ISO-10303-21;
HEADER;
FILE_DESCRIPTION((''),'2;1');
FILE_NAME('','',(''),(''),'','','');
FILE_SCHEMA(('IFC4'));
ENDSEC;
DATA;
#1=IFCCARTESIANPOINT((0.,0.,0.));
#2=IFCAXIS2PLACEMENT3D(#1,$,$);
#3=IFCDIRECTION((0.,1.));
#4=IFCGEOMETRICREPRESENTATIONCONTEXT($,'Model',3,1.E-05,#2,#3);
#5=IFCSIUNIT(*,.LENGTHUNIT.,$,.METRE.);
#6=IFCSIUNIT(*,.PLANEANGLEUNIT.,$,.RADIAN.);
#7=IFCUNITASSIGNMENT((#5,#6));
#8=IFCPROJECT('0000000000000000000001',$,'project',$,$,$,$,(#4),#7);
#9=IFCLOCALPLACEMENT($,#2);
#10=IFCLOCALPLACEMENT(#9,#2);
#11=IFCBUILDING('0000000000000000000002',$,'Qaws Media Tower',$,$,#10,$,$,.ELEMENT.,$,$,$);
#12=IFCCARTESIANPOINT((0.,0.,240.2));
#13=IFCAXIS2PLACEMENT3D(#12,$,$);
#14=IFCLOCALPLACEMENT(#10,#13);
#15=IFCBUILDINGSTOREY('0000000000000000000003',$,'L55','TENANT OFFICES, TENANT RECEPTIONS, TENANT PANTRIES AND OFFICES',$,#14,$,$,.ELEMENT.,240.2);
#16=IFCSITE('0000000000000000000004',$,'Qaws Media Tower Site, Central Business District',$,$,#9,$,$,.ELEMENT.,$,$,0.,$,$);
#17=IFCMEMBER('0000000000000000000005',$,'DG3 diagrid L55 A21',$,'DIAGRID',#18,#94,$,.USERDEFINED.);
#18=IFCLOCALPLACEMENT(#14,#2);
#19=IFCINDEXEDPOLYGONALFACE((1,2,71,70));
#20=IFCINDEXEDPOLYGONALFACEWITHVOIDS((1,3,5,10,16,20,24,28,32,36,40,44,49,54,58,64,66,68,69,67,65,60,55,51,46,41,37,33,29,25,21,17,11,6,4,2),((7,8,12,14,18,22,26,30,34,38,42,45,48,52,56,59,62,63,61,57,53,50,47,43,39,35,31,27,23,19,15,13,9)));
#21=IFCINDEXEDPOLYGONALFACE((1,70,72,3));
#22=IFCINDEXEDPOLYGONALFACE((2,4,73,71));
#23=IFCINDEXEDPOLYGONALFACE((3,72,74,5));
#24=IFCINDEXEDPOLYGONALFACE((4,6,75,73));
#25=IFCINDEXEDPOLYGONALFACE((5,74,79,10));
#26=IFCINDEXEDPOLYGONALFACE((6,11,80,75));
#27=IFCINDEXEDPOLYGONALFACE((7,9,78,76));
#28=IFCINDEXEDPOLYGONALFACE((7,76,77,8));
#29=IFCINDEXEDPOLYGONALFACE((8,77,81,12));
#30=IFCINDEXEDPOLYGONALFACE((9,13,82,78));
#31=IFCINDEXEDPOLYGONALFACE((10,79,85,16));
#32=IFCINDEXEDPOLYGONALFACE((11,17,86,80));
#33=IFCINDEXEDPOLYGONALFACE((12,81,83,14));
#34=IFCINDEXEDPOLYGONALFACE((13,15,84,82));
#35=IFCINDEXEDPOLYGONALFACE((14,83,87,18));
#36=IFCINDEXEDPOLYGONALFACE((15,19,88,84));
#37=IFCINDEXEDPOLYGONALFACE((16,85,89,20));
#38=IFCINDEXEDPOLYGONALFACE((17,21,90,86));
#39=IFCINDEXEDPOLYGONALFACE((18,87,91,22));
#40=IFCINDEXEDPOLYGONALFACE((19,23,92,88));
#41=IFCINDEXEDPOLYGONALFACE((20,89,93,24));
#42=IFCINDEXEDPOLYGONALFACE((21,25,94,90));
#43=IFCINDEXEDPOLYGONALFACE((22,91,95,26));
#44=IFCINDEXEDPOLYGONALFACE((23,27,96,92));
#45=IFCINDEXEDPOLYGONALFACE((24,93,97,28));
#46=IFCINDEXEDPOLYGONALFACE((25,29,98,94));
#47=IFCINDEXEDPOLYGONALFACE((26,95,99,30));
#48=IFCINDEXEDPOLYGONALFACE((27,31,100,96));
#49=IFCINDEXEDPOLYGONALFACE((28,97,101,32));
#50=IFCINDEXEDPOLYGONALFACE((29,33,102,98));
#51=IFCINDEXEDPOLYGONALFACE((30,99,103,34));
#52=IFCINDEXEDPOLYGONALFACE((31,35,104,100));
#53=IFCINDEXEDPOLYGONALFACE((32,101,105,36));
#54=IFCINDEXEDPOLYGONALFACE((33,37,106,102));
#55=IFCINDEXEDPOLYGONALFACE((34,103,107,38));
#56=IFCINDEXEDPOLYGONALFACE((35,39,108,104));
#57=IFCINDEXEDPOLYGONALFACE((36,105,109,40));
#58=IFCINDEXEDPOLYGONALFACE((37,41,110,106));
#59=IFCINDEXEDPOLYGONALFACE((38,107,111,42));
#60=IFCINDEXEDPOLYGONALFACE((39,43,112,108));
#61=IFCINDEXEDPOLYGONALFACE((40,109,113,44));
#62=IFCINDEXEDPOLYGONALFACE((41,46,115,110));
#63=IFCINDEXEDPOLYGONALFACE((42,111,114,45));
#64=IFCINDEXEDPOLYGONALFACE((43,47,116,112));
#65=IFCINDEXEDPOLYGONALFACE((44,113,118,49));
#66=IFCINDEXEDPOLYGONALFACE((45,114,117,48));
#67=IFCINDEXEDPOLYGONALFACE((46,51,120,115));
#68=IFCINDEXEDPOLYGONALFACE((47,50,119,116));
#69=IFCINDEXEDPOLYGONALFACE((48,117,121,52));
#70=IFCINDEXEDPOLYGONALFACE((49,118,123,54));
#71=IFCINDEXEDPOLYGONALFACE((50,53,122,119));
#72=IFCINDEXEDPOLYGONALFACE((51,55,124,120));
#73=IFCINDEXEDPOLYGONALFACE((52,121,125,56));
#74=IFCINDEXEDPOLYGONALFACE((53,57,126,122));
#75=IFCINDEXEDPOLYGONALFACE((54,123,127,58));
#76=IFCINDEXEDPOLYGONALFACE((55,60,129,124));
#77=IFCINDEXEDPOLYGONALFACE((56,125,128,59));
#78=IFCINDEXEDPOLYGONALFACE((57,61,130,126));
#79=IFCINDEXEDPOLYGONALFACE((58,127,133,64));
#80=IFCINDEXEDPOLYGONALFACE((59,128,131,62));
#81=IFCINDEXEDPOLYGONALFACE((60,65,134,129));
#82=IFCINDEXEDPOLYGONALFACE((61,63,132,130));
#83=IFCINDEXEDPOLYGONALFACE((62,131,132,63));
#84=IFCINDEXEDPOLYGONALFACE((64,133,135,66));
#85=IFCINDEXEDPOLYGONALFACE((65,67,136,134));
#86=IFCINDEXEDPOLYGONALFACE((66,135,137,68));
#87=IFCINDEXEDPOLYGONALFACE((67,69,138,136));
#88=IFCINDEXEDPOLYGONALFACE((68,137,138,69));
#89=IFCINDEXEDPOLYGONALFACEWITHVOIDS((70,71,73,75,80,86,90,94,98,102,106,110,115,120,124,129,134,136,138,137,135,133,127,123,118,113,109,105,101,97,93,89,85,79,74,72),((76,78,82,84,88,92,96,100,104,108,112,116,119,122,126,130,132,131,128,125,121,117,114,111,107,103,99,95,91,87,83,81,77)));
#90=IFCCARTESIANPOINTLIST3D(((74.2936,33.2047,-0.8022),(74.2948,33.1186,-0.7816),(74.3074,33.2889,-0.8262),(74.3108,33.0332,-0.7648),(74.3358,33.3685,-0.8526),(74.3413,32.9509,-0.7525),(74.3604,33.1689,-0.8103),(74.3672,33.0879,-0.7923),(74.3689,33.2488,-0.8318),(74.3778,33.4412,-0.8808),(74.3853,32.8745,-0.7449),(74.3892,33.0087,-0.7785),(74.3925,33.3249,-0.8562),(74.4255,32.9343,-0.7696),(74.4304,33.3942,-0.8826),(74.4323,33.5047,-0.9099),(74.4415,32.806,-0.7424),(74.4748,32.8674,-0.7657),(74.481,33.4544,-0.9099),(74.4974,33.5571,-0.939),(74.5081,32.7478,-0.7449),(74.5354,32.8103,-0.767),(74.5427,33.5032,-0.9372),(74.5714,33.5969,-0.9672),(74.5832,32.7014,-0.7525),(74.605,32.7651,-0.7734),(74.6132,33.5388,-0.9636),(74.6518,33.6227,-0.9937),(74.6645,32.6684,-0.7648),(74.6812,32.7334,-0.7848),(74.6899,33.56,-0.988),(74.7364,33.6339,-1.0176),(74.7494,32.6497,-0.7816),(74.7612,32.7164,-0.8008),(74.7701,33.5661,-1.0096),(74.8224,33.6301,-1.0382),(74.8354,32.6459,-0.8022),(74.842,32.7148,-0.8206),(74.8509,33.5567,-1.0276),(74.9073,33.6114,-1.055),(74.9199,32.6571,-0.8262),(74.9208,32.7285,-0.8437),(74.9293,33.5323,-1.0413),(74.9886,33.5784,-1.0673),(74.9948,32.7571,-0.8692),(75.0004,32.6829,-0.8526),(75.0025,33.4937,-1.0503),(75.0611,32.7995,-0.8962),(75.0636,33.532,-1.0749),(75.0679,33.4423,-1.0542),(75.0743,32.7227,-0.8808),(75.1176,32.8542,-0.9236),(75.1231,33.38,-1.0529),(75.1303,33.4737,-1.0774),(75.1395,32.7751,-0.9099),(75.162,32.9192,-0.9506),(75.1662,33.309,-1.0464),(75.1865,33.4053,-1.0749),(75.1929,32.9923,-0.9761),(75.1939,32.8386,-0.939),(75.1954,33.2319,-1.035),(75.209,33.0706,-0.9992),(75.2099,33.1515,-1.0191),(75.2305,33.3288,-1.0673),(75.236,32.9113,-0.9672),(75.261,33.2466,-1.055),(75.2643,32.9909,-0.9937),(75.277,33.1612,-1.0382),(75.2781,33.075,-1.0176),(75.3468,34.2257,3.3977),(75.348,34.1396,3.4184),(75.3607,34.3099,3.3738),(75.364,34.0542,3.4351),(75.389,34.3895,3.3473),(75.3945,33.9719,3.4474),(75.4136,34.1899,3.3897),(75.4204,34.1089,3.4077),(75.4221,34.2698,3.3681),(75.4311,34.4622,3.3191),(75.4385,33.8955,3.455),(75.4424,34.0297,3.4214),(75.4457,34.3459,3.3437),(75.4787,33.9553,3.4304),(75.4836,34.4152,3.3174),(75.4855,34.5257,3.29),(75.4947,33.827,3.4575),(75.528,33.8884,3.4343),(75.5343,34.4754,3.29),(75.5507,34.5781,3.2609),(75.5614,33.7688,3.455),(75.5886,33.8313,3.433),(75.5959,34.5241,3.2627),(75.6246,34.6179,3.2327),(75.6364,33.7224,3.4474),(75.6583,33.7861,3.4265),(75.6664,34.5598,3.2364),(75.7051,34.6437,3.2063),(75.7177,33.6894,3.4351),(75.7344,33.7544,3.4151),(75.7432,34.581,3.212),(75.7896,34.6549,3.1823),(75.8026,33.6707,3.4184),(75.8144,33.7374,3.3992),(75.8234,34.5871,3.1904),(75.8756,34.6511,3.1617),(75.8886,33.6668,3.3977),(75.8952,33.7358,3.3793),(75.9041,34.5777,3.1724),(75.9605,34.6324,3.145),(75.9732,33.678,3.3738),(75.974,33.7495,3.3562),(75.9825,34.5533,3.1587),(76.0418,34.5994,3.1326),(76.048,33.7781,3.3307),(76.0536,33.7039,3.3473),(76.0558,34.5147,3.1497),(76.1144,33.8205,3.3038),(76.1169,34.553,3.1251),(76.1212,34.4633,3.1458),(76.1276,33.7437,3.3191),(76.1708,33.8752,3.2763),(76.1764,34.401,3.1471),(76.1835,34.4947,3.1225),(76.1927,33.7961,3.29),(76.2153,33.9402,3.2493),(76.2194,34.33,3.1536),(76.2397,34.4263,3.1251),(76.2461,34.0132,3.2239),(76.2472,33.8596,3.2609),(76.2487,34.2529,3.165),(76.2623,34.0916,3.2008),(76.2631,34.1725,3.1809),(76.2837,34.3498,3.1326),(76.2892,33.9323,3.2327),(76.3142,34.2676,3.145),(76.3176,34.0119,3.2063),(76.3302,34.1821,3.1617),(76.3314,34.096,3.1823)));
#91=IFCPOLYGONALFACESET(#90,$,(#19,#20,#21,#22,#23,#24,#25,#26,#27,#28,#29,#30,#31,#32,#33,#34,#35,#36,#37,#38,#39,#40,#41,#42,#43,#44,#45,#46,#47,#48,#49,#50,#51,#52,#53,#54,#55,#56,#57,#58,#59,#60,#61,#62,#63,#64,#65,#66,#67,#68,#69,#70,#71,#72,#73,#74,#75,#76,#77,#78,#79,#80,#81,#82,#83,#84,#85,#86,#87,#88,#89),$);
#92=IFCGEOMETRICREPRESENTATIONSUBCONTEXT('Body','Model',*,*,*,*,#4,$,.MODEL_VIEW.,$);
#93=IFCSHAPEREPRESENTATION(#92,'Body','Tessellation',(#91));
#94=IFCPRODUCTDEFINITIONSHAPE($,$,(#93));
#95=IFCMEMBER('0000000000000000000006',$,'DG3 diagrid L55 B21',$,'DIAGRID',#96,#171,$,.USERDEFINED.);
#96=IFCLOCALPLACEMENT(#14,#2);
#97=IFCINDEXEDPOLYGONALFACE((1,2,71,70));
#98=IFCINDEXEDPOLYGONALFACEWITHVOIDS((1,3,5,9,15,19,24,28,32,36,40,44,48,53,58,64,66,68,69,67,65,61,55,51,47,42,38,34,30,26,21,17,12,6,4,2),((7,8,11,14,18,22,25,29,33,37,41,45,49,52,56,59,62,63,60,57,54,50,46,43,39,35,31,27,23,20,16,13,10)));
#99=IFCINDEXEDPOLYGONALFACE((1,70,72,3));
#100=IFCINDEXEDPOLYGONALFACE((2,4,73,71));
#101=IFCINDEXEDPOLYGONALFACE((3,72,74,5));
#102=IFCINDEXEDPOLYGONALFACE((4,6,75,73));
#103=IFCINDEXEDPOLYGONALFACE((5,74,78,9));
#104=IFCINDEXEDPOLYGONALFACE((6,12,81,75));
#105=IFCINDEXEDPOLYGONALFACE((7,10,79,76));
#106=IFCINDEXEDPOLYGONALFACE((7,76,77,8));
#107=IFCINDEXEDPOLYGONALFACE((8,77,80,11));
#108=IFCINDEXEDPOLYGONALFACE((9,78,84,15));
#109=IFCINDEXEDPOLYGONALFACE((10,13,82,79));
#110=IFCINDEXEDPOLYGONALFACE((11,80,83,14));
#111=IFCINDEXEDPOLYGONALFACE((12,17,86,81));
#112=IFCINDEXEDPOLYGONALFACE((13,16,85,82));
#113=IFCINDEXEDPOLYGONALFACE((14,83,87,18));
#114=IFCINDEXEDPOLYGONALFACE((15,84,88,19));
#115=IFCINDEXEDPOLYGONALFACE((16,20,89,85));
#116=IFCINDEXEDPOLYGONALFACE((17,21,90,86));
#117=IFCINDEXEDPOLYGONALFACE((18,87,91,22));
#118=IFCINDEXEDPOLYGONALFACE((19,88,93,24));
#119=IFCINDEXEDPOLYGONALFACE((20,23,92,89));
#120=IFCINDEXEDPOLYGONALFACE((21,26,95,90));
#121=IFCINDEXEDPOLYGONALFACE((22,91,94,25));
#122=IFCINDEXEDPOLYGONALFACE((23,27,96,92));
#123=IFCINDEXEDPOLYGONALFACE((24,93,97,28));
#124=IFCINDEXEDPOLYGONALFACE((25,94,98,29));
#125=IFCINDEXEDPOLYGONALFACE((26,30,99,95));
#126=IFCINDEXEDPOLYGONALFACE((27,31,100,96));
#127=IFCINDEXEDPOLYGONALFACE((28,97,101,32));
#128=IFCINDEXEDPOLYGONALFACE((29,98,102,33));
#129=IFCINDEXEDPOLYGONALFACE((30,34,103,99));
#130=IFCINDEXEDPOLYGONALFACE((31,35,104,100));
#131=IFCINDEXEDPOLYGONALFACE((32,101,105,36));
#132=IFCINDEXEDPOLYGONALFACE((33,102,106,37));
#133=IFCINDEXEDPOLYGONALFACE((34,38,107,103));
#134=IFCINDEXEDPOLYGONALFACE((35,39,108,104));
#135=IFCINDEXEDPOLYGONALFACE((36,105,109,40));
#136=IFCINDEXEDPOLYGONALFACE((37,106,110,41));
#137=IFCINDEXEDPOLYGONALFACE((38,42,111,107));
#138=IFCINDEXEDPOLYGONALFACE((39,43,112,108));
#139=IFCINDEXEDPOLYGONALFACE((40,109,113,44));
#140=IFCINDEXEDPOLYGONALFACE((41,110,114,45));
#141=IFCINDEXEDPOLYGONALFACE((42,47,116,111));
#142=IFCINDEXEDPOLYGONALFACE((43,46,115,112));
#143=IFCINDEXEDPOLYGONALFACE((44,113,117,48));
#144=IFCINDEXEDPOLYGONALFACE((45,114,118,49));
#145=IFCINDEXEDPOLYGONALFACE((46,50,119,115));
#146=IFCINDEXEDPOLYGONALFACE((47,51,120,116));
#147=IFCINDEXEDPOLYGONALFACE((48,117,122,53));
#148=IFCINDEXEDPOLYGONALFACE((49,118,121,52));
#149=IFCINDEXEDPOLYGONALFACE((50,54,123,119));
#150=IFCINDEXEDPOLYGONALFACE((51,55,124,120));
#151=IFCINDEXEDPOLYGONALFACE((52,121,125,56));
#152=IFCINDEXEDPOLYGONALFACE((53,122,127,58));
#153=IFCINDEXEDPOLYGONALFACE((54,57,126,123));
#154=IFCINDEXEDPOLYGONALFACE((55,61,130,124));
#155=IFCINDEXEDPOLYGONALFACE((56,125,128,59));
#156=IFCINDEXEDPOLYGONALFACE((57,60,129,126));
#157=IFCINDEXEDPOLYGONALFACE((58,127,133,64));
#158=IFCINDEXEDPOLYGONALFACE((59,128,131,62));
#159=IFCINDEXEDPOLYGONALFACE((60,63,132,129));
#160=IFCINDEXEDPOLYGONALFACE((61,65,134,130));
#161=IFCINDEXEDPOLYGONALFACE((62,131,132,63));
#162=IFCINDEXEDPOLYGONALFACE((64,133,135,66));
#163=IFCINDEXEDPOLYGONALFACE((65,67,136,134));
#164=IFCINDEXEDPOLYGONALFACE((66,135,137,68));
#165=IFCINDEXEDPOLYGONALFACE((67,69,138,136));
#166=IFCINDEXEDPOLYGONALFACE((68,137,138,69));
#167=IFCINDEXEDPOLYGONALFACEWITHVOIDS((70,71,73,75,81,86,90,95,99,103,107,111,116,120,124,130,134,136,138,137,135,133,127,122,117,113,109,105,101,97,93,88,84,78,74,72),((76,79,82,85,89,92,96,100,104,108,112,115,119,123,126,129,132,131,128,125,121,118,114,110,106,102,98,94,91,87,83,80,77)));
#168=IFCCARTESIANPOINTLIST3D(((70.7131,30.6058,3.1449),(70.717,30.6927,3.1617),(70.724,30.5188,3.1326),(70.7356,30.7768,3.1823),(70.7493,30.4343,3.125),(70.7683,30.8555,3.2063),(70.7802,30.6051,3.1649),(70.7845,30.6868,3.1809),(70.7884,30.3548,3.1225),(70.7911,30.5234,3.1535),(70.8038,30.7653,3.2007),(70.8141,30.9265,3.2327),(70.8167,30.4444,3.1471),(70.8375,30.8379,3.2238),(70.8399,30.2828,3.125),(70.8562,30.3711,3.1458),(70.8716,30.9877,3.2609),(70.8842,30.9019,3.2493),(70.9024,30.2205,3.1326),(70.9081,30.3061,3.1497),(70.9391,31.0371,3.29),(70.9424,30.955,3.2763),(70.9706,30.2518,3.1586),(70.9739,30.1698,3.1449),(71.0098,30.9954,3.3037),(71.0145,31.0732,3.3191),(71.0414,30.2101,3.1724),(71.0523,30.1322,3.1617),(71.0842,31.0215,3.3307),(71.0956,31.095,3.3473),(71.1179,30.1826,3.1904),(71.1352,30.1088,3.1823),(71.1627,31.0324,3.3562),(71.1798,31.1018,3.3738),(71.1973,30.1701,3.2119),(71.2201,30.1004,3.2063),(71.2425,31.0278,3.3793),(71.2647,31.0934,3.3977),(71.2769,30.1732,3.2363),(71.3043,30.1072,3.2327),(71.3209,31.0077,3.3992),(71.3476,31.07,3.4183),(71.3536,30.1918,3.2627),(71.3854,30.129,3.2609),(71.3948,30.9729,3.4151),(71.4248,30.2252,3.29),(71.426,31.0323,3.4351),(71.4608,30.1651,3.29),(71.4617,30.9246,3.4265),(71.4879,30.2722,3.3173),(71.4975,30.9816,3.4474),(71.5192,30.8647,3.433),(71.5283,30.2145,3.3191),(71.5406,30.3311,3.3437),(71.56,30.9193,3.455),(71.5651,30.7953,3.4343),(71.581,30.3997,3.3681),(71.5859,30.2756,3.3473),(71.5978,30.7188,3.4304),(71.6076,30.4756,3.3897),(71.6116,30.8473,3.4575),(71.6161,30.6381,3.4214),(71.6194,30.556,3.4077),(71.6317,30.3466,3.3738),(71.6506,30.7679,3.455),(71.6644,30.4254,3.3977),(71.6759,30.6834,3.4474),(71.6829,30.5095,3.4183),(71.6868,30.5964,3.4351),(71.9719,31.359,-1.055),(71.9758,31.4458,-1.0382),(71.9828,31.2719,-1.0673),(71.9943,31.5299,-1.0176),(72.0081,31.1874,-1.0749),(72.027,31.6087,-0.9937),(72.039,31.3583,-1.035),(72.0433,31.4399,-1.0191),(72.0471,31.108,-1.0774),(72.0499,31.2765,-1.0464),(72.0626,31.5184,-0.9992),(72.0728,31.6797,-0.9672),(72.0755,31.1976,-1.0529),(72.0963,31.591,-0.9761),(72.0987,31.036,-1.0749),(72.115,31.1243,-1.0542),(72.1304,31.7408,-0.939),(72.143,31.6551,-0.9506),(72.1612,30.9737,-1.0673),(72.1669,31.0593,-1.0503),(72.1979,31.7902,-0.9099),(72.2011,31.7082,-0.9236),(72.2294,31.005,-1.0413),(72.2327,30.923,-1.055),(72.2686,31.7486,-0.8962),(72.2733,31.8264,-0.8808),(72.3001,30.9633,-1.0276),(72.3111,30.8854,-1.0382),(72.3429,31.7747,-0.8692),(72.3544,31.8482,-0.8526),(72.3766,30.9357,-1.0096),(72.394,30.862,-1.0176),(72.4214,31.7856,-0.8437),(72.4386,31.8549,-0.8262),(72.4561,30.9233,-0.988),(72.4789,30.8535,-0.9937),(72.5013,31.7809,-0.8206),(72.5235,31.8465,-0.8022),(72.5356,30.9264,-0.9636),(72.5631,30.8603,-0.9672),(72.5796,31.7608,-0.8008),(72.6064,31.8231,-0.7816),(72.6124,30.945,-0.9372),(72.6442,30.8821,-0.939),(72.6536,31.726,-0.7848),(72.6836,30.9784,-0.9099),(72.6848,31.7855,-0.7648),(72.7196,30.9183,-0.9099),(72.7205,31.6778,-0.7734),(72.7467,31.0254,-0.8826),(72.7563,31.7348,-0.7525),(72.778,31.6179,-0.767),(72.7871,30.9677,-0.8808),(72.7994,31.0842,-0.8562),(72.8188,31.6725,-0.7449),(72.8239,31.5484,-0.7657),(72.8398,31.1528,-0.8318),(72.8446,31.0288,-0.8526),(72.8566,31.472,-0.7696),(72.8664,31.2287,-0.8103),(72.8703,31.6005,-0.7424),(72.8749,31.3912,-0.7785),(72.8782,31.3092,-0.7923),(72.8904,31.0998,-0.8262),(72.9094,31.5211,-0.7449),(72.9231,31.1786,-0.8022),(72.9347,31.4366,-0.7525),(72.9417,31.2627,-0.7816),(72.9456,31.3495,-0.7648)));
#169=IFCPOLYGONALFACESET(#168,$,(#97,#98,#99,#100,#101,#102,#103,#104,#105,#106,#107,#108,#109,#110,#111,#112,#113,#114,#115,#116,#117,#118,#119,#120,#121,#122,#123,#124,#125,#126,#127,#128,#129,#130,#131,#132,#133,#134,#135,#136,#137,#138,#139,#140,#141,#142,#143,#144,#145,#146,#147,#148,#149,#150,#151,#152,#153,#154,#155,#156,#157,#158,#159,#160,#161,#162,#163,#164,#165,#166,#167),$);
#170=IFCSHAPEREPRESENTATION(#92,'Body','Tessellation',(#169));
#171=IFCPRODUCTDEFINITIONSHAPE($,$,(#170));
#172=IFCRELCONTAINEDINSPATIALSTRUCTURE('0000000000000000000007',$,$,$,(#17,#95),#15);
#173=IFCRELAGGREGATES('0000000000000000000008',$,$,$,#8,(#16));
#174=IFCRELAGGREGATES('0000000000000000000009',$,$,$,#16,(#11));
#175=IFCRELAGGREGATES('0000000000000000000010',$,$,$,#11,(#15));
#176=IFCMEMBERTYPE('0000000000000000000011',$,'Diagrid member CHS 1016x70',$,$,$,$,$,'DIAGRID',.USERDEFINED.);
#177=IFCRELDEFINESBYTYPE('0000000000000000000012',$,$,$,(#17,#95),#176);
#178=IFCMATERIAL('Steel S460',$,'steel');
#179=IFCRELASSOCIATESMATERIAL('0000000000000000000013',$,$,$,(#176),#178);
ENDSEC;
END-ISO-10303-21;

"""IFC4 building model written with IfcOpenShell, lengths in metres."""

from ifc_helpers import new_model, si_unit, direction, frame, origin, origin_2d, place, context, subcontext, project, spatial, hollow_circle, extrude, material, material_profile, profile_set, type_object, element, save


model = new_model("IFC4")

# Units and contexts
model_context = context("Model", 3, precision=1e-05, world=origin(), true_north=direction((0.0, 1.0)))
body_context = subcontext(model_context, "Body", "Model", "MODEL_VIEW")
ifc_project = project(units=[si_unit("LENGTHUNIT", "METRE"), si_unit("PLANEANGLEUNIT", "RADIAN")], contexts=[model_context])

# Site, building, storey
site_placement = place(None, origin())
site = spatial("IfcSite", under=ifc_project, at=site_placement, Name="Qaws Media Tower Site, Central Business District", CompositionType="ELEMENT", RefElevation=0.0)
building_placement = place(site_placement, origin())
building = spatial("IfcBuilding", under=site, at=building_placement, Name="Qaws Media Tower", CompositionType="ELEMENT")
storey_placement = place(building_placement, frame((0.0, 0.0, 240.2)))
storey = spatial("IfcBuildingStorey", under=building, at=storey_placement, Name="L55", Description="TENANT OFFICES, TENANT RECEPTIONS, TENANT PANTRIES AND OFFICES", CompositionType="ELEMENT", Elevation=240.2)

# Members
ifc_material_1 = material(Name="Steel S460", Category="steel")
ifc_material_profile_1 = material_profile(ifc_material_1, hollow_circle(Radius=0.5081, WallThickness=0.0701, at=origin_2d()), Name="CHS 1016x70")
ifc_profile_set_1 = profile_set([ifc_material_profile_1], Name="Steel S460")
member_type_1 = type_object("IfcMemberType", Name="Diagrid member CHS 1016x70", ElementType="DIAGRID", PredefinedType="USERDEFINED", material=ifc_profile_set_1)
for number, where, z_axis, x_axis, name in (
    (1, (74.7859, 33.1399, -0.9099), (0.236746, 0.229502, 0.944076), (-0.696037, 0.718006, 0.0), "DG3 diagrid L55 A21"),
    (2, (72.4587, 31.3542, -0.9099), (-0.282953, -0.1693, 0.944074), (0.513443, -0.858124, 0.0), "DG3 diagrid L55 B21"),
):
    element("IfcMember", number, at=place(storey_placement, frame(where, z_axis=z_axis, x_axis=x_axis)), inside=storey, type_object=member_type_1, Name=name, ObjectType="DIAGRID", PredefinedType="USERDEFINED", context=body_context, shape_type="SweptSolid", body=[
        extrude(hollow_circle(Radius=0.5081, WallThickness=0.0701, at=origin_2d()), origin(), (0.0, 0.0, 1.0), 4.4487),
    ])

save(model, "model.ifc")
